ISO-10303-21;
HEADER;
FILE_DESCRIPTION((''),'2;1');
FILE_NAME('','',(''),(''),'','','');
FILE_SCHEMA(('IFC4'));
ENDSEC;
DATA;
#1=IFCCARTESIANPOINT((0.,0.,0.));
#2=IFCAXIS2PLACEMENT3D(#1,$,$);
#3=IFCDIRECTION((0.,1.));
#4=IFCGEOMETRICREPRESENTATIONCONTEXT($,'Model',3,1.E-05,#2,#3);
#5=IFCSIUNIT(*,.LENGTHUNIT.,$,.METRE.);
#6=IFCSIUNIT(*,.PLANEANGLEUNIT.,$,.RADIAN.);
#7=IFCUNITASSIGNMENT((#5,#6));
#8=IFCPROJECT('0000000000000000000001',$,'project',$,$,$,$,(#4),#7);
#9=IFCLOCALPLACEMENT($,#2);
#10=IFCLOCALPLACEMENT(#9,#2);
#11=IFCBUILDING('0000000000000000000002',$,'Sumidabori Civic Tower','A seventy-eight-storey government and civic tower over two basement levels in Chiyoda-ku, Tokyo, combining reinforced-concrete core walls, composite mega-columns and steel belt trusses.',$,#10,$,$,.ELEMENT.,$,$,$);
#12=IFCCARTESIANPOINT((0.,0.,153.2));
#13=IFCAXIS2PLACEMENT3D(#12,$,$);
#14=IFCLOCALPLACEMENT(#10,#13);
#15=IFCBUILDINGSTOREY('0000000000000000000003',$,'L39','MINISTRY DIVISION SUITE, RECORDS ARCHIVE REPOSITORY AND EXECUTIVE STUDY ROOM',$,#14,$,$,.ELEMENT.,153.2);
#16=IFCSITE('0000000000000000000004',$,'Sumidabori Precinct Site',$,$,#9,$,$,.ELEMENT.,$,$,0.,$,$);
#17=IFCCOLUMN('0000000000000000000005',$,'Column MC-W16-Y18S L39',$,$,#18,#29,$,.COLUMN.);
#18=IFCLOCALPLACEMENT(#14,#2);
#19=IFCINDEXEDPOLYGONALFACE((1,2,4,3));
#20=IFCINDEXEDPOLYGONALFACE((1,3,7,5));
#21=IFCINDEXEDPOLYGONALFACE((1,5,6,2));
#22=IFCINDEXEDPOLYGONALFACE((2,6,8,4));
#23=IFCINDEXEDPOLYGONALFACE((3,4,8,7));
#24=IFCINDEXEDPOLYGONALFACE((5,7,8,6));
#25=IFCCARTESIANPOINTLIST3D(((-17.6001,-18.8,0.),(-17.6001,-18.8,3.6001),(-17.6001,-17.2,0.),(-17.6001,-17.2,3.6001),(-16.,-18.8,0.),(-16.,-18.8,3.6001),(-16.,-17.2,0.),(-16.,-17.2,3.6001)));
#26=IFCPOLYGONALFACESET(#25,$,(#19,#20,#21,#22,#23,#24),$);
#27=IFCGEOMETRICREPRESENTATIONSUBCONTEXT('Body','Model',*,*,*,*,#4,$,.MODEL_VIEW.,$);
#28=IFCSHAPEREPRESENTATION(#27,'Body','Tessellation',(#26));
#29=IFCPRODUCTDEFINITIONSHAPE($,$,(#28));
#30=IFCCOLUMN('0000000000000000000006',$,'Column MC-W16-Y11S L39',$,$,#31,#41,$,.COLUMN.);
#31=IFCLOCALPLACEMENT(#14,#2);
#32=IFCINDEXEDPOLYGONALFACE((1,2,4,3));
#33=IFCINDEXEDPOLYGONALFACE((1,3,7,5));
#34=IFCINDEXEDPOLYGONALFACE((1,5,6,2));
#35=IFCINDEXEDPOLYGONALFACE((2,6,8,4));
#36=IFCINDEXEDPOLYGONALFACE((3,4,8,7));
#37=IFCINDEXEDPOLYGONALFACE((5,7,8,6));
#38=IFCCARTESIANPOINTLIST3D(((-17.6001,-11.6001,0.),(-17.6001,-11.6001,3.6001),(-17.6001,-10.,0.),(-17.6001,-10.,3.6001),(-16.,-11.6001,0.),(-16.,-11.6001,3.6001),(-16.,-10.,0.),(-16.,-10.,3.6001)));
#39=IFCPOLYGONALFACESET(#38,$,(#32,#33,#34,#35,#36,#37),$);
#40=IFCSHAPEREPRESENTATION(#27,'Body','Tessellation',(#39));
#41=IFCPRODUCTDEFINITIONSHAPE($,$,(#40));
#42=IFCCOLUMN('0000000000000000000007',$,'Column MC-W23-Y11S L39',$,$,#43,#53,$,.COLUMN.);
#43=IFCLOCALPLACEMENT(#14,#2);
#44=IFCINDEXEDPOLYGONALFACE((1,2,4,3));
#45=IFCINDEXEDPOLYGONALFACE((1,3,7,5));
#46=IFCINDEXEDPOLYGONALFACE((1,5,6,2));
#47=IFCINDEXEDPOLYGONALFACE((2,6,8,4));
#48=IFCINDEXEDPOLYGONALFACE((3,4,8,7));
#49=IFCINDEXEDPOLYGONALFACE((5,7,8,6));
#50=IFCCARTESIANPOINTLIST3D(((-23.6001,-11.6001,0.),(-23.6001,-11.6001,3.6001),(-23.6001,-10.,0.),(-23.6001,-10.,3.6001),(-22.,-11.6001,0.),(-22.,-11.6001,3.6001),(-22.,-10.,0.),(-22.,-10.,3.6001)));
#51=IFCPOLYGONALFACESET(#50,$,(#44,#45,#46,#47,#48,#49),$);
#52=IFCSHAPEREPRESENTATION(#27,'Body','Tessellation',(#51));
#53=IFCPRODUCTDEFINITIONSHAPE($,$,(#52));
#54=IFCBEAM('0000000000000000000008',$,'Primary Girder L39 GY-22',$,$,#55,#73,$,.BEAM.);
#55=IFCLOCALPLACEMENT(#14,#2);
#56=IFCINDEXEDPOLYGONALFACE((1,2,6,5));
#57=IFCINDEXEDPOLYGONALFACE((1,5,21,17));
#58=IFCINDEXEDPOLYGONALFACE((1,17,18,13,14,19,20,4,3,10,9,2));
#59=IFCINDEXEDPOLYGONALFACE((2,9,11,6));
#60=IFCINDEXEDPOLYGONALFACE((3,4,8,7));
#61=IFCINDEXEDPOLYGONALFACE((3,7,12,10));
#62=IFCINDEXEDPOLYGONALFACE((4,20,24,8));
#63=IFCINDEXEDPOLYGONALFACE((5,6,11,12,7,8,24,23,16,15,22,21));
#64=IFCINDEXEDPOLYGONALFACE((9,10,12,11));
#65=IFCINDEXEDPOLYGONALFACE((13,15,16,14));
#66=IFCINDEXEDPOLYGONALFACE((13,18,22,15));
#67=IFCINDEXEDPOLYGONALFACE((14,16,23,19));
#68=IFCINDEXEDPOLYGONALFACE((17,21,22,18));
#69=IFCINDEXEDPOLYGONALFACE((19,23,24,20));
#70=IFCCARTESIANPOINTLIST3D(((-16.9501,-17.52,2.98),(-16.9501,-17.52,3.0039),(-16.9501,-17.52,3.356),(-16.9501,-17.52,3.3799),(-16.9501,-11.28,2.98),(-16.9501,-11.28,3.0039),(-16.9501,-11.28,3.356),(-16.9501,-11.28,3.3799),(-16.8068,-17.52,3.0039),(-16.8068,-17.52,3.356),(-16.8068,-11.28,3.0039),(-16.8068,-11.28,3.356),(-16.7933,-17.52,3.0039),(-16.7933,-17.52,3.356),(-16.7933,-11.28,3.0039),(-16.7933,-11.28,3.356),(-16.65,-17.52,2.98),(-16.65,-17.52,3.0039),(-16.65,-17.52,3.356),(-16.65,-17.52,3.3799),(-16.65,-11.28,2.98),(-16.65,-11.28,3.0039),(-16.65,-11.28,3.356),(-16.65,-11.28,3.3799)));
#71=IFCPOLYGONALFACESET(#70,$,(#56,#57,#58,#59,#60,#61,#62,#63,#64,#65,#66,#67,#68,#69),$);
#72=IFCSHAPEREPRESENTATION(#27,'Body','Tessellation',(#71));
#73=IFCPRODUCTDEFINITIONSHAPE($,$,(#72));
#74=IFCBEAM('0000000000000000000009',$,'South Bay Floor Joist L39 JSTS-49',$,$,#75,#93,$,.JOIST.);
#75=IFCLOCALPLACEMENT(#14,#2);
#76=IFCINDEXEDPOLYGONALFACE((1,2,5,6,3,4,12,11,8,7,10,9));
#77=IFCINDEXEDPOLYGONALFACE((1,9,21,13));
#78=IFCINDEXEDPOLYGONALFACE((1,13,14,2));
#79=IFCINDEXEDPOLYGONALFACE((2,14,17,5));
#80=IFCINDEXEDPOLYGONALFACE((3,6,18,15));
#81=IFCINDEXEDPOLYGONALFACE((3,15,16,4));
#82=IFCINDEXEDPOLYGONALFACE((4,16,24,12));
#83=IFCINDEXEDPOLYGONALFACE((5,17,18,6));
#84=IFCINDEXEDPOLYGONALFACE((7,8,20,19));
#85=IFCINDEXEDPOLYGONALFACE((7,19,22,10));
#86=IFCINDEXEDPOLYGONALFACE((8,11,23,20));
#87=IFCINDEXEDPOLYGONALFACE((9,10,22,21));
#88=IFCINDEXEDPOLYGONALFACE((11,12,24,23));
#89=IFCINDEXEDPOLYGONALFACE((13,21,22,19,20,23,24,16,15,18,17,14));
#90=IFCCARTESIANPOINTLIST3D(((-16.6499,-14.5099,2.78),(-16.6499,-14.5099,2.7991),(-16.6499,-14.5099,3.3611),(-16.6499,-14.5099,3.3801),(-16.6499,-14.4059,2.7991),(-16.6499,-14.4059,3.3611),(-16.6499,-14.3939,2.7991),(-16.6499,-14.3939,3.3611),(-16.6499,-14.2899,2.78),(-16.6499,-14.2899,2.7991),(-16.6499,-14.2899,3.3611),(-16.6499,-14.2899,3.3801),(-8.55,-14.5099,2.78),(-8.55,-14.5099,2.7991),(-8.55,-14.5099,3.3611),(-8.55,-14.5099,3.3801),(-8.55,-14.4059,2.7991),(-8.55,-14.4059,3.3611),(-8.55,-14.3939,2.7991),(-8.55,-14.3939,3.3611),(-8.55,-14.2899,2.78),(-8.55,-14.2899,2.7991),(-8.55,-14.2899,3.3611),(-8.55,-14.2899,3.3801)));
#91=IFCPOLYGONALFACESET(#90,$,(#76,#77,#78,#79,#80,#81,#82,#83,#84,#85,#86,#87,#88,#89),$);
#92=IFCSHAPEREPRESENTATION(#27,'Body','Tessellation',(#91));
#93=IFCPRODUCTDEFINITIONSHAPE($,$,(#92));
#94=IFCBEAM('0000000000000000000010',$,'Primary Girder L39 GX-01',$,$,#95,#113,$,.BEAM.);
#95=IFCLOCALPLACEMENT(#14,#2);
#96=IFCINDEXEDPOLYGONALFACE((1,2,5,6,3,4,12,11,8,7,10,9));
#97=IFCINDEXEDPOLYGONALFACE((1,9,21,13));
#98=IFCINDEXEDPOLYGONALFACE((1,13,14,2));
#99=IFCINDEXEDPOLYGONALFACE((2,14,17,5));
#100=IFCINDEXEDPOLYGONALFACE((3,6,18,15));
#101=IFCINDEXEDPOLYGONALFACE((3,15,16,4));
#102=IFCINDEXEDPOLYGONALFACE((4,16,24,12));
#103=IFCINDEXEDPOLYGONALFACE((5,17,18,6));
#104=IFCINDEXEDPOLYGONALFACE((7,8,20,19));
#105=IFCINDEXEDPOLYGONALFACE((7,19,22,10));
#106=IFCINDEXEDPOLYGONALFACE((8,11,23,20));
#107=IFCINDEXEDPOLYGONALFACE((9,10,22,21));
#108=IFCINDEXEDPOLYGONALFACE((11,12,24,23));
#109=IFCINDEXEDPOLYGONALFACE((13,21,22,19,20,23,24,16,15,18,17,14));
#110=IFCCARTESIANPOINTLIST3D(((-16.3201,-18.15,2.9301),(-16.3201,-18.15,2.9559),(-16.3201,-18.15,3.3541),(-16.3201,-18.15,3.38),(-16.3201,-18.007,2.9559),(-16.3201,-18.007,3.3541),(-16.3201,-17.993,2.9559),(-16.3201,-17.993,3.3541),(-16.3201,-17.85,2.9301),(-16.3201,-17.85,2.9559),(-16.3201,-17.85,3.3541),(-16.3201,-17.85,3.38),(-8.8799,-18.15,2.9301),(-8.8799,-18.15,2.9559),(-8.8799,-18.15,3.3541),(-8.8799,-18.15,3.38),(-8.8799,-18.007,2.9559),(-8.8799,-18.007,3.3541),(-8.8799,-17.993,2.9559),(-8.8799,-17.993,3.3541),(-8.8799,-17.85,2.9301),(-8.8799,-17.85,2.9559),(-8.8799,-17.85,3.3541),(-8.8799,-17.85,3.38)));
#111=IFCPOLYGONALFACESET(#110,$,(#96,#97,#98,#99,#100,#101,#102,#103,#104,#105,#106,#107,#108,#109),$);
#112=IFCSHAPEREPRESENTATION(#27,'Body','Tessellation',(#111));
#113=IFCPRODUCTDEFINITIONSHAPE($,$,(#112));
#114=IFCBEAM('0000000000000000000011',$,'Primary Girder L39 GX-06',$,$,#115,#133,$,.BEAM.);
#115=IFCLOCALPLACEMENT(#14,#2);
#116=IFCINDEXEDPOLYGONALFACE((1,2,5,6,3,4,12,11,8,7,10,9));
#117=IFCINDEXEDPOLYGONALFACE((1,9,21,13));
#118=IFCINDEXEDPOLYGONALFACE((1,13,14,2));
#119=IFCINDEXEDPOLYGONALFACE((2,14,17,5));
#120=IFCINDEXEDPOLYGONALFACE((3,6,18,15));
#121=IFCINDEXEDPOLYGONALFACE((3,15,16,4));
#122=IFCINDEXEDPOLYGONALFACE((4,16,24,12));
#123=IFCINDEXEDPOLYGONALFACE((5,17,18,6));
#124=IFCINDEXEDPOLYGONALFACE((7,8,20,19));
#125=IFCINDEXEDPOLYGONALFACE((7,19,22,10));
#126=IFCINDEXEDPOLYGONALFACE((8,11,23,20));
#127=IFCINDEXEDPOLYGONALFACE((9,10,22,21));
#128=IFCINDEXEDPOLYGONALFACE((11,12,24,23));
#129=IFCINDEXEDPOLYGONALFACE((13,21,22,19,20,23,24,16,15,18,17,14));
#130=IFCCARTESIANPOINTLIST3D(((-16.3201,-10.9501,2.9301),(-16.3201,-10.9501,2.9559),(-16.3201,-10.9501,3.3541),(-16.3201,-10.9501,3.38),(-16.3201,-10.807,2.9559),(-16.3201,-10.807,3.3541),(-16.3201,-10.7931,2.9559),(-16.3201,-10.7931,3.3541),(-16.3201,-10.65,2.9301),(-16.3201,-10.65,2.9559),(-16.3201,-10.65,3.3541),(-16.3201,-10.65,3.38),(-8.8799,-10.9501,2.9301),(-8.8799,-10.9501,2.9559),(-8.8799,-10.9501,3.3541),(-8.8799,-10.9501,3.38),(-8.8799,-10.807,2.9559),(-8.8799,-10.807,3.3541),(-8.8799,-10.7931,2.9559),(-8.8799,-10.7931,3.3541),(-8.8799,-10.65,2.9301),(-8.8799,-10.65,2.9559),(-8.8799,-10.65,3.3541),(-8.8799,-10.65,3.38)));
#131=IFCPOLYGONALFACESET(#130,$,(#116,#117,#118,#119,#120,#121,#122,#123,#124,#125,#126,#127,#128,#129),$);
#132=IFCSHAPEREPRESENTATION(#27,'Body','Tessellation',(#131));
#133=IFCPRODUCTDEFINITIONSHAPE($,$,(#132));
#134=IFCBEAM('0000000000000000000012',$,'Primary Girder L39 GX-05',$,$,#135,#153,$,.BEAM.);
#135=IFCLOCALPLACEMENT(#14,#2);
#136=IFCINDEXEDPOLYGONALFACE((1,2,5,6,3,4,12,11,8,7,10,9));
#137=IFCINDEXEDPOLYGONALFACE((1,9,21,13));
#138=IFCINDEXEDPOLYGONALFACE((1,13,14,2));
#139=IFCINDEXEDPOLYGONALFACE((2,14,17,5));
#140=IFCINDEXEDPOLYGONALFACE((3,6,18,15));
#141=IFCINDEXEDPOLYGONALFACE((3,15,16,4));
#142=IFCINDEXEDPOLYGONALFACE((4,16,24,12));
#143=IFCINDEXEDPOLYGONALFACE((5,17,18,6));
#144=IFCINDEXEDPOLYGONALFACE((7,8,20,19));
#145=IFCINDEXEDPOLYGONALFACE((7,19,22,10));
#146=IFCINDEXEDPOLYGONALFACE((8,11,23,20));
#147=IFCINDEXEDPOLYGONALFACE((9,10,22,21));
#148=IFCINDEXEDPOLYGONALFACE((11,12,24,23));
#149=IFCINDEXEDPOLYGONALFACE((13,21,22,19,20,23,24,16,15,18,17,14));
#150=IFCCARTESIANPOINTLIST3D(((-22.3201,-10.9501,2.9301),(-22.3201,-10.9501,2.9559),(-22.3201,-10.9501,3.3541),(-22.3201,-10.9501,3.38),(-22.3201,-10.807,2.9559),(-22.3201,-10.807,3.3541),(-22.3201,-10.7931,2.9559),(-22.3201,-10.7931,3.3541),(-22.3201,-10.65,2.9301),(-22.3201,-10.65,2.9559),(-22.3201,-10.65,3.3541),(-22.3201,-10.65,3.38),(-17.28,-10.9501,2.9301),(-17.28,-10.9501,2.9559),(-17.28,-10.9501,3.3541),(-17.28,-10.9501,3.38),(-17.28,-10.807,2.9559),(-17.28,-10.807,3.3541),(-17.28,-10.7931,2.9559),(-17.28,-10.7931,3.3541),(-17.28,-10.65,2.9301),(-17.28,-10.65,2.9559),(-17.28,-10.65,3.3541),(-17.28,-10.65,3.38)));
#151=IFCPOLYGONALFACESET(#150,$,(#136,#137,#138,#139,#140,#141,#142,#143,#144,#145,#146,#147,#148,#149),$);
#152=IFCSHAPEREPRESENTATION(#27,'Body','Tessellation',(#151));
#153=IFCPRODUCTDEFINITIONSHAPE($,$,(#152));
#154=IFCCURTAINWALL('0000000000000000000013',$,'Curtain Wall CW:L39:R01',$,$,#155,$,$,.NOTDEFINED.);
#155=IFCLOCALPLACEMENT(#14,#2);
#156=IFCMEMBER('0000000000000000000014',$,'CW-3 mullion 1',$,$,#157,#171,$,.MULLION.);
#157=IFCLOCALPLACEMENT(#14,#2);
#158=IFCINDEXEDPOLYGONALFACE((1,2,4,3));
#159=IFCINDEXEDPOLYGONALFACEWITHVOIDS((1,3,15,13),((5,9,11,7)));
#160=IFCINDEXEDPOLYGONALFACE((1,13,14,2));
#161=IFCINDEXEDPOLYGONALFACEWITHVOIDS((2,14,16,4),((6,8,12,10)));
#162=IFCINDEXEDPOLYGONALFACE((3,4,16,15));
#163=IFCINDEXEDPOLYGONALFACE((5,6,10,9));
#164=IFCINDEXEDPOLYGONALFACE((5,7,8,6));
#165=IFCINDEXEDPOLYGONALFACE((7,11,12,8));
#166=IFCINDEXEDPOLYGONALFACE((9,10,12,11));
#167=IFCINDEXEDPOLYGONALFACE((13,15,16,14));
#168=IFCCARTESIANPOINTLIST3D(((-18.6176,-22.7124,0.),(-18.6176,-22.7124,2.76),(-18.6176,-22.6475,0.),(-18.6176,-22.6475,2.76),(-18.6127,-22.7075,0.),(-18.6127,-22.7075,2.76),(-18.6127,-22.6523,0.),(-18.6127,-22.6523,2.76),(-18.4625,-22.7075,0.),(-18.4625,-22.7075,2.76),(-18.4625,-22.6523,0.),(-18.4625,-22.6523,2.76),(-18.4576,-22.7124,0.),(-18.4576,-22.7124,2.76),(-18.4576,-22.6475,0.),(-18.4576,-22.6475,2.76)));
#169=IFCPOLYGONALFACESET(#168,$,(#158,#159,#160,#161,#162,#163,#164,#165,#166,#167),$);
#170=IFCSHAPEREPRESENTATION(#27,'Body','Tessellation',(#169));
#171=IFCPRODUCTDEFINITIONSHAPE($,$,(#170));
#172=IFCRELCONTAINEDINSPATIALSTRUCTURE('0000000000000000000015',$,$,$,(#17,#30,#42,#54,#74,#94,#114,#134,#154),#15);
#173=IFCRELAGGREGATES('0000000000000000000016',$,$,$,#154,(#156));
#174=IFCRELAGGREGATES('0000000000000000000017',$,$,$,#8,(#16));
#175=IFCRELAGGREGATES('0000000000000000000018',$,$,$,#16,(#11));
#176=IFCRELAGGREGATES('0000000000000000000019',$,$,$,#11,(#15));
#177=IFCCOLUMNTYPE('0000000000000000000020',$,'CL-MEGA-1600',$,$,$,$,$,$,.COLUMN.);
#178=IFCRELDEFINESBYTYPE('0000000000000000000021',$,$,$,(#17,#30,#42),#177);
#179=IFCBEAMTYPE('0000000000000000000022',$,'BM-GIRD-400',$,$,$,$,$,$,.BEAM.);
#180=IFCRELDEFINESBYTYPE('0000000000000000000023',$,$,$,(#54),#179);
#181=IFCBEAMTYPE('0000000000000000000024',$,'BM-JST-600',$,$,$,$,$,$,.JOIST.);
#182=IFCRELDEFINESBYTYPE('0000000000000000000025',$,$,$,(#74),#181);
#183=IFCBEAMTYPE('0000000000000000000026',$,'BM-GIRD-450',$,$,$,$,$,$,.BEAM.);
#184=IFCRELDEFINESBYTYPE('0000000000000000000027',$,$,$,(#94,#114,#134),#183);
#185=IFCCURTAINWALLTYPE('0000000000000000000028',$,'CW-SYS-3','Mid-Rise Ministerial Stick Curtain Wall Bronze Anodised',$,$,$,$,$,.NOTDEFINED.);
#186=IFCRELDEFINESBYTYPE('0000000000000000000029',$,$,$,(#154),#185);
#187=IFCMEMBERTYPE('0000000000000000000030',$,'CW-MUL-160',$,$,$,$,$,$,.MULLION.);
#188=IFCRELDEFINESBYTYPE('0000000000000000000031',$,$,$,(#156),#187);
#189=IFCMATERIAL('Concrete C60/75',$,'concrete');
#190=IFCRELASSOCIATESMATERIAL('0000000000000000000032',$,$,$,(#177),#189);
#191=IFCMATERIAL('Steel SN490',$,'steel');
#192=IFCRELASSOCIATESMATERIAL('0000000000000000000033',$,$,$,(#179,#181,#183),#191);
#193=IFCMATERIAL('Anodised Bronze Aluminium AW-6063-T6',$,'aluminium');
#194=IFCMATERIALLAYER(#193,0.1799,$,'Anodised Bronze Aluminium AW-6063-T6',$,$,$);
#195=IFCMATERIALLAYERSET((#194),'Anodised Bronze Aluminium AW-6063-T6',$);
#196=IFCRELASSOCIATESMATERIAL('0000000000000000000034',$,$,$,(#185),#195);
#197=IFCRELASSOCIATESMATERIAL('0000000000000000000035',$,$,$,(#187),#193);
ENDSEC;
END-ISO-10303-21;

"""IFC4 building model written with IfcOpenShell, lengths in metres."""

from ifc_helpers import new_model, si_unit, direction, frame, origin, origin_2d, place, context, subcontext, project, spatial, rectangle, hollow_rectangle, i_section, extrude, source, transform, mapped, material, layer, layer_set, material_profile, profile_set, type_object, element, aggregate, save


model = new_model("IFC4")

# Units and contexts
model_context = context("Model", 3, precision=1e-05, world=origin(), true_north=direction((0.0, 1.0)))
body_context = subcontext(model_context, "Body", "Model", "MODEL_VIEW")
ifc_project = project(units=[si_unit("LENGTHUNIT", "METRE"), si_unit("PLANEANGLEUNIT", "RADIAN")], contexts=[model_context])

# Site, building, storey
site_placement = place(None, origin())
site = spatial("IfcSite", under=ifc_project, at=site_placement, Name="Sumidabori Precinct Site", CompositionType="ELEMENT", RefElevation=0.0)
building_placement = place(site_placement, origin())
building = spatial("IfcBuilding", under=site, at=building_placement, Name="Sumidabori Civic Tower", Description="A seventy-eight-storey government and civic tower over two basement levels in Chiyoda-ku, Tokyo, combining reinforced-concrete core walls, composite mega-columns and steel belt trusses.", CompositionType="ELEMENT")
storey_placement = place(building_placement, frame((0.0, 0.0, 153.2)))
storey = spatial("IfcBuildingStorey", under=building, at=storey_placement, Name="L39", Description="MINISTRY DIVISION SUITE, RECORDS ARCHIVE REPOSITORY AND EXECUTIVE STUDY ROOM", CompositionType="ELEMENT", Elevation=153.2)

# Columns
ifc_material_1 = material(Name="Concrete C60/75", Category="concrete")
ifc_material_profile_1 = material_profile(ifc_material_1, rectangle(XDim=1.6001, YDim=1.6001, at=origin_2d()), Name="RC 1600x1600")
ifc_profile_set_1 = profile_set([ifc_material_profile_1], Name="Concrete C60/75")
column_type = type_object("IfcColumnType", Name="CL-MEGA-1600", PredefinedType="COLUMN", material=ifc_profile_set_1)
shared_shape_1 = source(origin(), body_context, "Body", "SweptSolid", [
    extrude(rectangle(XDim=1.6001, YDim=1.6001, at=origin_2d()), origin(), (0.0, 0.0, 1.0), 3.6001),
])
for number, where, z_axis, x_axis, name in (
    (1, (-16.8, -18.0, 0.0), (0.0, 0.0, 1.0), (1.0, 0.0, 0.0), "Column MC-W16-Y18S L39"),
    (2, (-16.8, -10.8, 0.0), (0.0, 0.0, 1.0), (1.0, 0.0, 0.0), "Column MC-W16-Y11S L39"),
    (3, (-22.8, -10.8, 0.0), (0.0, 0.0, 1.0), (1.0, 0.0, 0.0), "Column MC-W23-Y11S L39"),
):
    element("IfcColumn", number, at=place(storey_placement, frame(where, z_axis=z_axis, x_axis=x_axis)), inside=storey, type_object=column_type, Name=name, PredefinedType="COLUMN", context=body_context, shape_type="MappedRepresentation", body=[
        mapped(shared_shape_1, transform((0.0, 0.0, 0.0), x_axis=(1.0, 0.0, 0.0), y_axis=(0.0, 1.0, 0.0), z_axis=(0.0, 0.0, 1.0), scale=1.0)),
    ])

# Beams
ifc_material_2 = material(Name="Steel SN490", Category="steel")
ifc_material_profile_2 = material_profile(ifc_material_2, i_section(OverallWidth=0.3, OverallDepth=0.3999, WebThickness=0.0134, FlangeThickness=0.0239, at=origin_2d()), Name="HE 400 B")
ifc_profile_set_2 = profile_set([ifc_material_profile_2], Name="Steel SN490")
beam_type_1 = type_object("IfcBeamType", Name="BM-GIRD-400", PredefinedType="BEAM", material=ifc_profile_set_2)
shared_shape_2 = source(origin(), body_context, "Body", "SweptSolid", [
    extrude(i_section(OverallWidth=0.3, OverallDepth=0.3999, WebThickness=0.0134, FlangeThickness=0.0239, at=origin_2d()), origin(), (0.0, 0.0, 1.0), 6.24),
])
beam_1_placement = place(storey_placement, frame((-16.8, -17.52, 3.1799), z_axis=(0.0, 1.0, 0.0), x_axis=(-1.0, 0.0, 0.0)))
element("IfcBeam", 4, at=beam_1_placement, inside=storey, type_object=beam_type_1, Name="Primary Girder L39 GY-22", PredefinedType="BEAM", context=body_context, shape_type="MappedRepresentation", body=[
    mapped(shared_shape_2, transform((0.0, 0.0, 0.0), x_axis=(1.0, 0.0, 0.0), y_axis=(0.0, 1.0, 0.0), z_axis=(0.0, 0.0, 1.0), scale=1.0)),
])
ifc_material_profile_3 = material_profile(ifc_material_2, i_section(OverallWidth=0.22, OverallDepth=0.6001, WebThickness=0.012, FlangeThickness=0.019, at=origin_2d()), Name="IPE 600")
ifc_profile_set_3 = profile_set([ifc_material_profile_3], Name="Steel SN490")
beam_type_2 = type_object("IfcBeamType", Name="BM-JST-600", PredefinedType="JOIST", material=ifc_profile_set_3)
shared_shape_3 = source(origin(), body_context, "Body", "SweptSolid", [
    extrude(i_section(OverallWidth=0.22, OverallDepth=0.6001, WebThickness=0.012, FlangeThickness=0.019, at=origin_2d()), origin(), (0.0, 0.0, 1.0), 8.0999),
])
beam_2_placement = place(storey_placement, frame((-16.6499, -14.3999, 3.0801), z_axis=(1.0, 0.0, 0.0), x_axis=(0.0, 1.0, 0.0)))
element("IfcBeam", 5, at=beam_2_placement, inside=storey, type_object=beam_type_2, Name="South Bay Floor Joist L39 JSTS-49", PredefinedType="JOIST", context=body_context, shape_type="MappedRepresentation", body=[
    mapped(shared_shape_3, transform((0.0, 0.0, 0.0), x_axis=(1.0, 0.0, 0.0), y_axis=(0.0, 1.0, 0.0), z_axis=(0.0, 0.0, 1.0), scale=1.0)),
])
ifc_material_profile_4 = material_profile(ifc_material_2, i_section(OverallWidth=0.3, OverallDepth=0.45, WebThickness=0.0139, FlangeThickness=0.0259, at=origin_2d()), Name="HE 450 B")
ifc_profile_set_4 = profile_set([ifc_material_profile_4], Name="Steel SN490")
beam_type_3 = type_object("IfcBeamType", Name="BM-GIRD-450", PredefinedType="BEAM", material=ifc_profile_set_4)
shared_shape_4 = source(origin(), body_context, "Body", "SweptSolid", [
    extrude(i_section(OverallWidth=0.3, OverallDepth=0.45, WebThickness=0.0139, FlangeThickness=0.0259, at=origin_2d()), origin(), (0.0, 0.0, 1.0), 7.4402),
])
for number, where, z_axis, x_axis, name in (
    (6, (-16.3201, -18.0, 3.155), (1.0, 0.0, 0.0), (0.0, 1.0, 0.0), "Primary Girder L39 GX-01"),
    (7, (-16.3201, -10.8, 3.155), (1.0, 0.0, 0.0), (0.0, 1.0, 0.0), "Primary Girder L39 GX-06"),
):
    element("IfcBeam", number, at=place(storey_placement, frame(where, z_axis=z_axis, x_axis=x_axis)), inside=storey, type_object=beam_type_3, Name=name, PredefinedType="BEAM", context=body_context, shape_type="MappedRepresentation", body=[
        mapped(shared_shape_4, transform((0.0, 0.0, 0.0), x_axis=(1.0, 0.0, 0.0), y_axis=(0.0, 1.0, 0.0), z_axis=(0.0, 0.0, 1.0), scale=1.0)),
    ])
shared_shape_5 = source(origin(), body_context, "Body", "SweptSolid", [
    extrude(i_section(OverallWidth=0.3, OverallDepth=0.45, WebThickness=0.0139, FlangeThickness=0.0259, at=origin_2d()), origin(), (0.0, 0.0, 1.0), 5.04),
])
beam_3_placement = place(storey_placement, frame((-22.3201, -10.8, 3.155), z_axis=(1.0, 0.0, 0.0), x_axis=(0.0, 1.0, 0.0)))
element("IfcBeam", 8, at=beam_3_placement, inside=storey, type_object=beam_type_3, Name="Primary Girder L39 GX-05", PredefinedType="BEAM", context=body_context, shape_type="MappedRepresentation", body=[
    mapped(shared_shape_5, transform((0.0, 0.0, 0.0), x_axis=(1.0, 0.0, 0.0), y_axis=(0.0, 1.0, 0.0), z_axis=(0.0, 0.0, 1.0), scale=1.0)),
])

# Curtain wall, member
ifc_material_3 = material(Name="Anodised Bronze Aluminium AW-6063-T6", Category="aluminium")
ifc_layer_1 = layer(ifc_material_3, 0.1799, Name="Anodised Bronze Aluminium AW-6063-T6")
ifc_layer_set_1 = layer_set([ifc_layer_1], Name="Anodised Bronze Aluminium AW-6063-T6")
curtain_wall_type = type_object("IfcCurtainWallType", Name="CW-SYS-3", Description="Mid-Rise Ministerial Stick Curtain Wall Bronze Anodised", PredefinedType="NOTDEFINED", material=ifc_layer_set_1)
curtain_wall_1_placement = place(storey_placement, origin())
curtain_wall_1 = element("IfcCurtainWall", 9, at=curtain_wall_1_placement, inside=storey, type_object=curtain_wall_type, Name="Curtain Wall CW:L39:R01", PredefinedType="NOTDEFINED")
ifc_material_profile_5 = material_profile(ifc_material_3, hollow_rectangle(XDim=0.0649, YDim=0.1599, WallThickness=0.0049, at=origin_2d()), Name="ALU MULLION 160x65")
ifc_profile_set_5 = profile_set([ifc_material_profile_5], Name="Anodised Bronze Aluminium AW-6063-T6")
member_type_1 = type_object("IfcMemberType", Name="CW-MUL-160", PredefinedType="MULLION", material=ifc_profile_set_5)
shared_shape_6 = source(origin(), body_context, "Body", "SweptSolid", [
    extrude(hollow_rectangle(XDim=0.0649, YDim=0.1599, WallThickness=0.0049, at=origin_2d()), origin(), (0.0, 0.0, 1.0), 2.76),
])
member_1_placement = place(storey_placement, frame((-18.5376, -22.6799, 0.0), z_axis=(0.0, 0.0, 1.0), x_axis=(0.0, 1.0, 0.0)))
member_1 = element("IfcMember", 10, at=member_1_placement, type_object=member_type_1, Name="CW-3 mullion 1", PredefinedType="MULLION", context=body_context, shape_type="MappedRepresentation", body=[
    mapped(shared_shape_6, transform((0.0, 0.0, 0.0), x_axis=(1.0, 0.0, 0.0), y_axis=(0.0, 1.0, 0.0), z_axis=(0.0, 0.0, 1.0), scale=1.0)),
])

aggregate(curtain_wall_1, [member_1])

save(model, "model.ifc")
